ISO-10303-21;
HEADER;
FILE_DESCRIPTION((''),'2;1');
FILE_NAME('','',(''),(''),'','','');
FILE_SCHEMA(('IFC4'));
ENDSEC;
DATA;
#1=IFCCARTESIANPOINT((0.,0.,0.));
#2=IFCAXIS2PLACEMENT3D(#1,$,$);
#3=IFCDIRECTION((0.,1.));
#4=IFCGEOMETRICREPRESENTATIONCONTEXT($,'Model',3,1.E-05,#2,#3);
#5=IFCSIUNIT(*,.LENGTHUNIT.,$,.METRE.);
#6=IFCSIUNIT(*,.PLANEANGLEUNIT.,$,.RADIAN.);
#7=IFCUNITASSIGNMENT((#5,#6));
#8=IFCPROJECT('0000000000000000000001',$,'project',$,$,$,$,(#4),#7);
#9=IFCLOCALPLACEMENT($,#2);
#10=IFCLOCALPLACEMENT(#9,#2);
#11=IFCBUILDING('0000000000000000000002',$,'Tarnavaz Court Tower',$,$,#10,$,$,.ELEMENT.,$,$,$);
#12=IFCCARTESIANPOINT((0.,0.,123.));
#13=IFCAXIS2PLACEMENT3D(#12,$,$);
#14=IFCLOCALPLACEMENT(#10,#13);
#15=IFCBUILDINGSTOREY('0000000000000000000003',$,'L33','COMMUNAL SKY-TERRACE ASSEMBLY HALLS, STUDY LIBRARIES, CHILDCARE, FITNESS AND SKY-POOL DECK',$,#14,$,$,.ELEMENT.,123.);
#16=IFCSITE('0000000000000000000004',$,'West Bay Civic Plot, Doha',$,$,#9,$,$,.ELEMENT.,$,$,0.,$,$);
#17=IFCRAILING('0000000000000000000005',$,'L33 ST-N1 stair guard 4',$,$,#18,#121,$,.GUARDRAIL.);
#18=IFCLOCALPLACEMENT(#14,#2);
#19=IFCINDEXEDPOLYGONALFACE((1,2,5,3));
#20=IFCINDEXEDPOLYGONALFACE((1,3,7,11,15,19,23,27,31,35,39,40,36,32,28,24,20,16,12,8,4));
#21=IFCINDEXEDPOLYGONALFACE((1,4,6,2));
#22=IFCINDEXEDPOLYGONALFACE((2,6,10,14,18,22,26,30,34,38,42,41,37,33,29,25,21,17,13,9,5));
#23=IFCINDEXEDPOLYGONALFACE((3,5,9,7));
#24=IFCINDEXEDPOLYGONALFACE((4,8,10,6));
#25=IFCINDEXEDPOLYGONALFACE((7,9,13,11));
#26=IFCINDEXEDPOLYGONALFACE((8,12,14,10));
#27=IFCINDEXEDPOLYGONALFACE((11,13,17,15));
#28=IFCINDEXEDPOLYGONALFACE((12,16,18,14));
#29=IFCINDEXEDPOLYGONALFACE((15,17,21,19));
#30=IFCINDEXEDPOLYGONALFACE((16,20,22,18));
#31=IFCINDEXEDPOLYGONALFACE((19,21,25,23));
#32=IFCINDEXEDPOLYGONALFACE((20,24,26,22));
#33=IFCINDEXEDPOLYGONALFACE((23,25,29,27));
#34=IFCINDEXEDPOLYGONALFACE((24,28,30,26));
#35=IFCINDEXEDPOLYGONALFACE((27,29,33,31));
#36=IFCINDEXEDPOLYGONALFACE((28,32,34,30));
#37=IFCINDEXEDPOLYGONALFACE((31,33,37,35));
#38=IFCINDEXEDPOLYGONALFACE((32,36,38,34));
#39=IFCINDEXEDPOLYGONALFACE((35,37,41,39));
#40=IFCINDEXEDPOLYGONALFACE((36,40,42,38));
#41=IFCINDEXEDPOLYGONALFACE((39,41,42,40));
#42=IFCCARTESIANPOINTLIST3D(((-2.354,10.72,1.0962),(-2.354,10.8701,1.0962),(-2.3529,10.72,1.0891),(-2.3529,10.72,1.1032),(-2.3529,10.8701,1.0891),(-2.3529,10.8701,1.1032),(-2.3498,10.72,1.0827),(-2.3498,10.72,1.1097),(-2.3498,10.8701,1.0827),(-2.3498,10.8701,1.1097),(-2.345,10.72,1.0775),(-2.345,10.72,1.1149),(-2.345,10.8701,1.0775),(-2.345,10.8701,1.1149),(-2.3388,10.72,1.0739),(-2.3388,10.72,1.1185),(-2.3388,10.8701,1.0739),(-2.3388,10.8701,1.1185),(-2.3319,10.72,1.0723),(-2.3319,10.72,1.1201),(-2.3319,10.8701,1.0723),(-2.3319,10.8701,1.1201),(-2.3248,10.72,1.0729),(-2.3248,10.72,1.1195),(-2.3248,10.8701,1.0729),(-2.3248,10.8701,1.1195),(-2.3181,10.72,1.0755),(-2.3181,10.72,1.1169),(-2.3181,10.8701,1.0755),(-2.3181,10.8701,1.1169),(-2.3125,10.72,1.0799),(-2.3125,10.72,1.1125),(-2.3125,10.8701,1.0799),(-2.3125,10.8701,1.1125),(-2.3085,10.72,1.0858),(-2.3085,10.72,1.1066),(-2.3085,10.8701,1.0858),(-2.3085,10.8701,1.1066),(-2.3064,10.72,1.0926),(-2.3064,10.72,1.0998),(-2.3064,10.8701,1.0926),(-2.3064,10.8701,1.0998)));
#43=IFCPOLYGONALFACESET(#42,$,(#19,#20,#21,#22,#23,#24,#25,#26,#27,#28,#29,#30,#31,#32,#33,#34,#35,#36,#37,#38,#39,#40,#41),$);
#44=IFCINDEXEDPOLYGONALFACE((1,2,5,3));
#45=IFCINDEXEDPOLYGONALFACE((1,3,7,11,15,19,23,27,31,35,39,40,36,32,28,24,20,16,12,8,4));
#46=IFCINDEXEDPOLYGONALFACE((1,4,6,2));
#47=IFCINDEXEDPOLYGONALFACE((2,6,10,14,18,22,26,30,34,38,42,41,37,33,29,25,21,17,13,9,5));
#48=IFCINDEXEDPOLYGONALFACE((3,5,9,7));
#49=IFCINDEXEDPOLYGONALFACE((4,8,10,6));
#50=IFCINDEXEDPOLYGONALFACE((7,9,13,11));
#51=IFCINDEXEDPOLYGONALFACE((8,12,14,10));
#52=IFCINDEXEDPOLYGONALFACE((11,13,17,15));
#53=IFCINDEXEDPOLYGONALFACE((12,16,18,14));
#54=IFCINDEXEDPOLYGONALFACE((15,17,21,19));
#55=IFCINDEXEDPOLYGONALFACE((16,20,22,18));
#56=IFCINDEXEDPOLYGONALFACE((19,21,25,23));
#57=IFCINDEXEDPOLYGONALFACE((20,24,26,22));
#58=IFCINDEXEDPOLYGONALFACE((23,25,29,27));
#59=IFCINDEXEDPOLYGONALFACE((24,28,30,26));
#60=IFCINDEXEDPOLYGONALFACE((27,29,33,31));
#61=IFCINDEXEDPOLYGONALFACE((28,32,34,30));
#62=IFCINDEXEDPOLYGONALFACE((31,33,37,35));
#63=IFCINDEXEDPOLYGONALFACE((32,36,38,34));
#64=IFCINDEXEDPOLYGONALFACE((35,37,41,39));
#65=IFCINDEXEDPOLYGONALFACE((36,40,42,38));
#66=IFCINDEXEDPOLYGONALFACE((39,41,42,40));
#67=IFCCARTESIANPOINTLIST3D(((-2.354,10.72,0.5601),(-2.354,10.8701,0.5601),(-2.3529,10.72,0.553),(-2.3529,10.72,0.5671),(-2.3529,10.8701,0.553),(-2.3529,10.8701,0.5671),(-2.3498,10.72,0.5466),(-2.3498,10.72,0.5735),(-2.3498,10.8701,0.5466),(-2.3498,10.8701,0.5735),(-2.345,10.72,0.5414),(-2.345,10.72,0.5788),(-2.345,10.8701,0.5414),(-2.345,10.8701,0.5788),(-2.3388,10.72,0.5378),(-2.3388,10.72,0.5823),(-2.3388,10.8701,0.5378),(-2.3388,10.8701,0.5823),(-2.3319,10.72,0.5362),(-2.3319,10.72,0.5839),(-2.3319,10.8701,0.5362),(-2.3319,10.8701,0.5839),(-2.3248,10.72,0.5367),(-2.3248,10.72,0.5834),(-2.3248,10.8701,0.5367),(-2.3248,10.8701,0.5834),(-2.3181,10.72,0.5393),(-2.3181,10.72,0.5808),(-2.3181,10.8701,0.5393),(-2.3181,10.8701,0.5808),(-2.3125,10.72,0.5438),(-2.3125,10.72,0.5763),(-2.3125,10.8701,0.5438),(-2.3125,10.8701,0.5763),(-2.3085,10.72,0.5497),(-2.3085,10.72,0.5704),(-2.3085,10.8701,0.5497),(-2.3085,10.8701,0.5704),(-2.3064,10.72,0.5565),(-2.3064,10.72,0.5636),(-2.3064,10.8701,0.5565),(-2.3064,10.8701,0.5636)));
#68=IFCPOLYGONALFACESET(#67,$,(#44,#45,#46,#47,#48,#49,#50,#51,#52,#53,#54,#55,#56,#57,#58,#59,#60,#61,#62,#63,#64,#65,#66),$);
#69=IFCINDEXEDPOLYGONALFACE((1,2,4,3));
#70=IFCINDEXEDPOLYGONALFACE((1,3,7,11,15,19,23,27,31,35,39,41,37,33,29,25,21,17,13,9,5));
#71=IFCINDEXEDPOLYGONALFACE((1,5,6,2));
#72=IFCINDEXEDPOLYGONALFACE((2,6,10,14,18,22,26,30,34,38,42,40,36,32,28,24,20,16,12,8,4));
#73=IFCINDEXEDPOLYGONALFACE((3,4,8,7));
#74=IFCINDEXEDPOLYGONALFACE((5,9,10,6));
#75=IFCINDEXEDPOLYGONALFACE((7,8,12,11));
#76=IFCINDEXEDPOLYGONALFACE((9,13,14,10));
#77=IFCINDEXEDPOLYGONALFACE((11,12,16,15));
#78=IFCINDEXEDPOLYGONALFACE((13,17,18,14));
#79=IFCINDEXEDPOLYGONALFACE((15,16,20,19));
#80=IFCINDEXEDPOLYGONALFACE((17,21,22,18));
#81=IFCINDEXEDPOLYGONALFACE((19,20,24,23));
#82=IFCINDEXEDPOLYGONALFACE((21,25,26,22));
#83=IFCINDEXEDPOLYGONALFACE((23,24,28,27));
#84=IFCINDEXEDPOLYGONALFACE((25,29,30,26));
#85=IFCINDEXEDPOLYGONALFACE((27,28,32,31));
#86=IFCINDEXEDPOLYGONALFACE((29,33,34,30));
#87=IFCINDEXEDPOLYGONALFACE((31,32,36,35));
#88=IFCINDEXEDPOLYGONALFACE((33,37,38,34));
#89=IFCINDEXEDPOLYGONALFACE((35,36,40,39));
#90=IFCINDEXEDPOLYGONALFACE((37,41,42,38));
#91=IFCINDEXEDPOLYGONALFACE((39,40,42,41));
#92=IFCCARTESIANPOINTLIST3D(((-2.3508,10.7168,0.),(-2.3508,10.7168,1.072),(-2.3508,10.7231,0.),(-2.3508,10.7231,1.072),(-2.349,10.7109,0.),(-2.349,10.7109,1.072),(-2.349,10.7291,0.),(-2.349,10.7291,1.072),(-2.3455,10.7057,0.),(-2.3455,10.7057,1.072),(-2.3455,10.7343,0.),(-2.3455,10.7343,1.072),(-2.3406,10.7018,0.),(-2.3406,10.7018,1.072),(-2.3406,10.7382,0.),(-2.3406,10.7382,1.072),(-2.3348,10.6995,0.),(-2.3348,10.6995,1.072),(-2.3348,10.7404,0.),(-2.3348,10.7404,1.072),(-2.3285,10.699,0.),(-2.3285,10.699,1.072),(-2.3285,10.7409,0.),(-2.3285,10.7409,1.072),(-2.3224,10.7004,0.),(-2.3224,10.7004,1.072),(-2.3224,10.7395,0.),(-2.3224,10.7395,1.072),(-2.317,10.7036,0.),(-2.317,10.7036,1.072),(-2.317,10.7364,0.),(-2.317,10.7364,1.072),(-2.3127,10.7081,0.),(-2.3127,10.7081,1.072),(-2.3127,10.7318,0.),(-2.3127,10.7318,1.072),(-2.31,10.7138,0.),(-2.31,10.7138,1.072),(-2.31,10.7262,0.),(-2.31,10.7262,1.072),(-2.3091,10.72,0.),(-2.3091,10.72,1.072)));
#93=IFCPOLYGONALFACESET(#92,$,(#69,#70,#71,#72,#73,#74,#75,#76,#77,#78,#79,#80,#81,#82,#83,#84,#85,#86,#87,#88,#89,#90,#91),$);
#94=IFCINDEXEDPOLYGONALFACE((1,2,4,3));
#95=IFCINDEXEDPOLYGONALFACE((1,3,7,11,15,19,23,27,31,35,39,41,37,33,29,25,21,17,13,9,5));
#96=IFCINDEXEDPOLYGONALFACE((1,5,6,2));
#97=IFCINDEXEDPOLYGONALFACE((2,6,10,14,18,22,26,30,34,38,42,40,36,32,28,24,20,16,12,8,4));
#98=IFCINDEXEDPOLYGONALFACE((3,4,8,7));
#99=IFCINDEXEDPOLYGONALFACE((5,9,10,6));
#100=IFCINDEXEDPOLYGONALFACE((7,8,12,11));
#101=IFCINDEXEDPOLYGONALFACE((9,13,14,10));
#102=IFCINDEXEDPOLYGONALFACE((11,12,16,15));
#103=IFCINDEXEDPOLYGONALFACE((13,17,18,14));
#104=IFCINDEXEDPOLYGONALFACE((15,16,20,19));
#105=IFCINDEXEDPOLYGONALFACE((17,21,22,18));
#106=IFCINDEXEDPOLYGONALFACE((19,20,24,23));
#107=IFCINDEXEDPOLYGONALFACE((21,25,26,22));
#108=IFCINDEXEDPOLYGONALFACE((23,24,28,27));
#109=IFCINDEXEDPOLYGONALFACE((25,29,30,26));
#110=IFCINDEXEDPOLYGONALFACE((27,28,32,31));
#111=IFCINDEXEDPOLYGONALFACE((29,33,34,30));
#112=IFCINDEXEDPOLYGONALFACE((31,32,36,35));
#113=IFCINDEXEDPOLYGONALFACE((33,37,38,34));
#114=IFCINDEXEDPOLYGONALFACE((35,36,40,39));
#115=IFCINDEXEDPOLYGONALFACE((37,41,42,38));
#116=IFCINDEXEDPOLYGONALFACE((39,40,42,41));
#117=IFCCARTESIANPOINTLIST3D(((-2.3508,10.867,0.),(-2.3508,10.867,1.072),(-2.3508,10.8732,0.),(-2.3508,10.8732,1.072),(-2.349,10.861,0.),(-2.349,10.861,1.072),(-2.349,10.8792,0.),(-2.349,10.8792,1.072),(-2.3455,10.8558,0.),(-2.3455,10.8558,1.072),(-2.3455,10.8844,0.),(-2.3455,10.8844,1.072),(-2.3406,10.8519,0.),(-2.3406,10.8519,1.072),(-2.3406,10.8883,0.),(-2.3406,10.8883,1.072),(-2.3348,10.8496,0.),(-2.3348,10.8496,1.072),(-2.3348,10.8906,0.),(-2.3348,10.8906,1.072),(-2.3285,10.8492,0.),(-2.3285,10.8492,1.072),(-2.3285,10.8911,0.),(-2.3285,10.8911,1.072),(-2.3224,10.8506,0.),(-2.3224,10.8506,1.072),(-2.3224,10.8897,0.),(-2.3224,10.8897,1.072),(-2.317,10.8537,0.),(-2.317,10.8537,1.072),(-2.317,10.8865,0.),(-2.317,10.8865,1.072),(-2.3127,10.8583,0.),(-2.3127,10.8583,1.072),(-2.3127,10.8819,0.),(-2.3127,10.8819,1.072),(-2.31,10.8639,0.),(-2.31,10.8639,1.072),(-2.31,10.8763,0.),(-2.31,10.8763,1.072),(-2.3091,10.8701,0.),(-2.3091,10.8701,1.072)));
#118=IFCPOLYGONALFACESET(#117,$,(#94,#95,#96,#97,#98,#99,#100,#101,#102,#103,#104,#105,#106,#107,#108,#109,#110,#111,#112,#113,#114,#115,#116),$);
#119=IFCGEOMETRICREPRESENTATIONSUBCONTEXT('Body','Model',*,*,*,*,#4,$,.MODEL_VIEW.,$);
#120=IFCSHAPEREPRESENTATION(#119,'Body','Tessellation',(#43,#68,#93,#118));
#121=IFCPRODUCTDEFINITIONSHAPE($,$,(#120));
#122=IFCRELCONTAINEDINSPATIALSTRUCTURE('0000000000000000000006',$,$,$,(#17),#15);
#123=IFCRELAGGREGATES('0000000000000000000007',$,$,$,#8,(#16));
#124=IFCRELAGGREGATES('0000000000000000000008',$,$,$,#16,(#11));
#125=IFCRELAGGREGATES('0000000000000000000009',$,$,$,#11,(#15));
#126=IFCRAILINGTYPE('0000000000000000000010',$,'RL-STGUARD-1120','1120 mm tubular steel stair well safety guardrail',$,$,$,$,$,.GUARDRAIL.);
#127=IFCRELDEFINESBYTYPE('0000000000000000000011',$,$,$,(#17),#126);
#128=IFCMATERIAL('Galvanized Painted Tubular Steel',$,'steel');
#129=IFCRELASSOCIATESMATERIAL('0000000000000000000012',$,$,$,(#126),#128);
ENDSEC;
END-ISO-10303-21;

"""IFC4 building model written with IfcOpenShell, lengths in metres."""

from ifc_helpers import new_model, si_unit, direction, frame, origin, origin_2d, place, context, subcontext, project, spatial, circle, extrude, material, type_object, element, save


model = new_model("IFC4")

# Units and contexts
model_context = context("Model", 3, precision=1e-05, world=origin(), true_north=direction((0.0, 1.0)))
body_context = subcontext(model_context, "Body", "Model", "MODEL_VIEW")
ifc_project = project(units=[si_unit("LENGTHUNIT", "METRE"), si_unit("PLANEANGLEUNIT", "RADIAN")], contexts=[model_context])

# Site, building, storey
site_placement = place(None, origin())
site = spatial("IfcSite", under=ifc_project, at=site_placement, Name="West Bay Civic Plot, Doha", CompositionType="ELEMENT", RefElevation=0.0)
building_placement = place(site_placement, origin())
building = spatial("IfcBuilding", under=site, at=building_placement, Name="Tarnavaz Court Tower", CompositionType="ELEMENT")
storey_placement = place(building_placement, frame((0.0, 0.0, 123.0)))
storey = spatial("IfcBuildingStorey", under=building, at=storey_placement, Name="L33", Description="COMMUNAL SKY-TERRACE ASSEMBLY HALLS, STUDY LIBRARIES, CHILDCARE, FITNESS AND SKY-POOL DECK", CompositionType="ELEMENT", Elevation=123.0)

# Railing
ifc_material_1 = material(Name="Galvanized Painted Tubular Steel", Category="steel")
railing_type_1 = type_object("IfcRailingType", Name="RL-STGUARD-1120", Description="1120 mm tubular steel stair well safety guardrail", PredefinedType="GUARDRAIL", material=ifc_material_1)
railing_1_placement = place(storey_placement, frame((-2.3301, 10.72, 0.0)))
element("IfcRailing", 1, at=railing_1_placement, inside=storey, type_object=railing_type_1, Name="L33 ST-N1 stair guard 4", PredefinedType="GUARDRAIL", context=body_context, shape_type="SweptSolid", body=[
    extrude(circle(Radius=0.0239, at=origin_2d()), frame((0.0, 0.0, 1.0962), z_axis=(0.0, 1.0, 0.0), x_axis=(-1.0, 0.0, 0.0)), (0.0, 0.0, 1.0), 0.1501),
    extrude(circle(Radius=0.0239, at=origin_2d()), frame((0.0, 0.0, 0.5601), z_axis=(0.0, 1.0, 0.0), x_axis=(-1.0, 0.0, 0.0)), (0.0, 0.0, 1.0), 0.1501),
    extrude(circle(Radius=0.021, at=origin_2d()), origin(), (0.0, 0.0, 1.0), 1.072),
    extrude(circle(Radius=0.021, at=origin_2d()), frame((0.0, 0.1501, 0.0)), (0.0, 0.0, 1.0), 1.072),
])

save(model, "model.ifc")
